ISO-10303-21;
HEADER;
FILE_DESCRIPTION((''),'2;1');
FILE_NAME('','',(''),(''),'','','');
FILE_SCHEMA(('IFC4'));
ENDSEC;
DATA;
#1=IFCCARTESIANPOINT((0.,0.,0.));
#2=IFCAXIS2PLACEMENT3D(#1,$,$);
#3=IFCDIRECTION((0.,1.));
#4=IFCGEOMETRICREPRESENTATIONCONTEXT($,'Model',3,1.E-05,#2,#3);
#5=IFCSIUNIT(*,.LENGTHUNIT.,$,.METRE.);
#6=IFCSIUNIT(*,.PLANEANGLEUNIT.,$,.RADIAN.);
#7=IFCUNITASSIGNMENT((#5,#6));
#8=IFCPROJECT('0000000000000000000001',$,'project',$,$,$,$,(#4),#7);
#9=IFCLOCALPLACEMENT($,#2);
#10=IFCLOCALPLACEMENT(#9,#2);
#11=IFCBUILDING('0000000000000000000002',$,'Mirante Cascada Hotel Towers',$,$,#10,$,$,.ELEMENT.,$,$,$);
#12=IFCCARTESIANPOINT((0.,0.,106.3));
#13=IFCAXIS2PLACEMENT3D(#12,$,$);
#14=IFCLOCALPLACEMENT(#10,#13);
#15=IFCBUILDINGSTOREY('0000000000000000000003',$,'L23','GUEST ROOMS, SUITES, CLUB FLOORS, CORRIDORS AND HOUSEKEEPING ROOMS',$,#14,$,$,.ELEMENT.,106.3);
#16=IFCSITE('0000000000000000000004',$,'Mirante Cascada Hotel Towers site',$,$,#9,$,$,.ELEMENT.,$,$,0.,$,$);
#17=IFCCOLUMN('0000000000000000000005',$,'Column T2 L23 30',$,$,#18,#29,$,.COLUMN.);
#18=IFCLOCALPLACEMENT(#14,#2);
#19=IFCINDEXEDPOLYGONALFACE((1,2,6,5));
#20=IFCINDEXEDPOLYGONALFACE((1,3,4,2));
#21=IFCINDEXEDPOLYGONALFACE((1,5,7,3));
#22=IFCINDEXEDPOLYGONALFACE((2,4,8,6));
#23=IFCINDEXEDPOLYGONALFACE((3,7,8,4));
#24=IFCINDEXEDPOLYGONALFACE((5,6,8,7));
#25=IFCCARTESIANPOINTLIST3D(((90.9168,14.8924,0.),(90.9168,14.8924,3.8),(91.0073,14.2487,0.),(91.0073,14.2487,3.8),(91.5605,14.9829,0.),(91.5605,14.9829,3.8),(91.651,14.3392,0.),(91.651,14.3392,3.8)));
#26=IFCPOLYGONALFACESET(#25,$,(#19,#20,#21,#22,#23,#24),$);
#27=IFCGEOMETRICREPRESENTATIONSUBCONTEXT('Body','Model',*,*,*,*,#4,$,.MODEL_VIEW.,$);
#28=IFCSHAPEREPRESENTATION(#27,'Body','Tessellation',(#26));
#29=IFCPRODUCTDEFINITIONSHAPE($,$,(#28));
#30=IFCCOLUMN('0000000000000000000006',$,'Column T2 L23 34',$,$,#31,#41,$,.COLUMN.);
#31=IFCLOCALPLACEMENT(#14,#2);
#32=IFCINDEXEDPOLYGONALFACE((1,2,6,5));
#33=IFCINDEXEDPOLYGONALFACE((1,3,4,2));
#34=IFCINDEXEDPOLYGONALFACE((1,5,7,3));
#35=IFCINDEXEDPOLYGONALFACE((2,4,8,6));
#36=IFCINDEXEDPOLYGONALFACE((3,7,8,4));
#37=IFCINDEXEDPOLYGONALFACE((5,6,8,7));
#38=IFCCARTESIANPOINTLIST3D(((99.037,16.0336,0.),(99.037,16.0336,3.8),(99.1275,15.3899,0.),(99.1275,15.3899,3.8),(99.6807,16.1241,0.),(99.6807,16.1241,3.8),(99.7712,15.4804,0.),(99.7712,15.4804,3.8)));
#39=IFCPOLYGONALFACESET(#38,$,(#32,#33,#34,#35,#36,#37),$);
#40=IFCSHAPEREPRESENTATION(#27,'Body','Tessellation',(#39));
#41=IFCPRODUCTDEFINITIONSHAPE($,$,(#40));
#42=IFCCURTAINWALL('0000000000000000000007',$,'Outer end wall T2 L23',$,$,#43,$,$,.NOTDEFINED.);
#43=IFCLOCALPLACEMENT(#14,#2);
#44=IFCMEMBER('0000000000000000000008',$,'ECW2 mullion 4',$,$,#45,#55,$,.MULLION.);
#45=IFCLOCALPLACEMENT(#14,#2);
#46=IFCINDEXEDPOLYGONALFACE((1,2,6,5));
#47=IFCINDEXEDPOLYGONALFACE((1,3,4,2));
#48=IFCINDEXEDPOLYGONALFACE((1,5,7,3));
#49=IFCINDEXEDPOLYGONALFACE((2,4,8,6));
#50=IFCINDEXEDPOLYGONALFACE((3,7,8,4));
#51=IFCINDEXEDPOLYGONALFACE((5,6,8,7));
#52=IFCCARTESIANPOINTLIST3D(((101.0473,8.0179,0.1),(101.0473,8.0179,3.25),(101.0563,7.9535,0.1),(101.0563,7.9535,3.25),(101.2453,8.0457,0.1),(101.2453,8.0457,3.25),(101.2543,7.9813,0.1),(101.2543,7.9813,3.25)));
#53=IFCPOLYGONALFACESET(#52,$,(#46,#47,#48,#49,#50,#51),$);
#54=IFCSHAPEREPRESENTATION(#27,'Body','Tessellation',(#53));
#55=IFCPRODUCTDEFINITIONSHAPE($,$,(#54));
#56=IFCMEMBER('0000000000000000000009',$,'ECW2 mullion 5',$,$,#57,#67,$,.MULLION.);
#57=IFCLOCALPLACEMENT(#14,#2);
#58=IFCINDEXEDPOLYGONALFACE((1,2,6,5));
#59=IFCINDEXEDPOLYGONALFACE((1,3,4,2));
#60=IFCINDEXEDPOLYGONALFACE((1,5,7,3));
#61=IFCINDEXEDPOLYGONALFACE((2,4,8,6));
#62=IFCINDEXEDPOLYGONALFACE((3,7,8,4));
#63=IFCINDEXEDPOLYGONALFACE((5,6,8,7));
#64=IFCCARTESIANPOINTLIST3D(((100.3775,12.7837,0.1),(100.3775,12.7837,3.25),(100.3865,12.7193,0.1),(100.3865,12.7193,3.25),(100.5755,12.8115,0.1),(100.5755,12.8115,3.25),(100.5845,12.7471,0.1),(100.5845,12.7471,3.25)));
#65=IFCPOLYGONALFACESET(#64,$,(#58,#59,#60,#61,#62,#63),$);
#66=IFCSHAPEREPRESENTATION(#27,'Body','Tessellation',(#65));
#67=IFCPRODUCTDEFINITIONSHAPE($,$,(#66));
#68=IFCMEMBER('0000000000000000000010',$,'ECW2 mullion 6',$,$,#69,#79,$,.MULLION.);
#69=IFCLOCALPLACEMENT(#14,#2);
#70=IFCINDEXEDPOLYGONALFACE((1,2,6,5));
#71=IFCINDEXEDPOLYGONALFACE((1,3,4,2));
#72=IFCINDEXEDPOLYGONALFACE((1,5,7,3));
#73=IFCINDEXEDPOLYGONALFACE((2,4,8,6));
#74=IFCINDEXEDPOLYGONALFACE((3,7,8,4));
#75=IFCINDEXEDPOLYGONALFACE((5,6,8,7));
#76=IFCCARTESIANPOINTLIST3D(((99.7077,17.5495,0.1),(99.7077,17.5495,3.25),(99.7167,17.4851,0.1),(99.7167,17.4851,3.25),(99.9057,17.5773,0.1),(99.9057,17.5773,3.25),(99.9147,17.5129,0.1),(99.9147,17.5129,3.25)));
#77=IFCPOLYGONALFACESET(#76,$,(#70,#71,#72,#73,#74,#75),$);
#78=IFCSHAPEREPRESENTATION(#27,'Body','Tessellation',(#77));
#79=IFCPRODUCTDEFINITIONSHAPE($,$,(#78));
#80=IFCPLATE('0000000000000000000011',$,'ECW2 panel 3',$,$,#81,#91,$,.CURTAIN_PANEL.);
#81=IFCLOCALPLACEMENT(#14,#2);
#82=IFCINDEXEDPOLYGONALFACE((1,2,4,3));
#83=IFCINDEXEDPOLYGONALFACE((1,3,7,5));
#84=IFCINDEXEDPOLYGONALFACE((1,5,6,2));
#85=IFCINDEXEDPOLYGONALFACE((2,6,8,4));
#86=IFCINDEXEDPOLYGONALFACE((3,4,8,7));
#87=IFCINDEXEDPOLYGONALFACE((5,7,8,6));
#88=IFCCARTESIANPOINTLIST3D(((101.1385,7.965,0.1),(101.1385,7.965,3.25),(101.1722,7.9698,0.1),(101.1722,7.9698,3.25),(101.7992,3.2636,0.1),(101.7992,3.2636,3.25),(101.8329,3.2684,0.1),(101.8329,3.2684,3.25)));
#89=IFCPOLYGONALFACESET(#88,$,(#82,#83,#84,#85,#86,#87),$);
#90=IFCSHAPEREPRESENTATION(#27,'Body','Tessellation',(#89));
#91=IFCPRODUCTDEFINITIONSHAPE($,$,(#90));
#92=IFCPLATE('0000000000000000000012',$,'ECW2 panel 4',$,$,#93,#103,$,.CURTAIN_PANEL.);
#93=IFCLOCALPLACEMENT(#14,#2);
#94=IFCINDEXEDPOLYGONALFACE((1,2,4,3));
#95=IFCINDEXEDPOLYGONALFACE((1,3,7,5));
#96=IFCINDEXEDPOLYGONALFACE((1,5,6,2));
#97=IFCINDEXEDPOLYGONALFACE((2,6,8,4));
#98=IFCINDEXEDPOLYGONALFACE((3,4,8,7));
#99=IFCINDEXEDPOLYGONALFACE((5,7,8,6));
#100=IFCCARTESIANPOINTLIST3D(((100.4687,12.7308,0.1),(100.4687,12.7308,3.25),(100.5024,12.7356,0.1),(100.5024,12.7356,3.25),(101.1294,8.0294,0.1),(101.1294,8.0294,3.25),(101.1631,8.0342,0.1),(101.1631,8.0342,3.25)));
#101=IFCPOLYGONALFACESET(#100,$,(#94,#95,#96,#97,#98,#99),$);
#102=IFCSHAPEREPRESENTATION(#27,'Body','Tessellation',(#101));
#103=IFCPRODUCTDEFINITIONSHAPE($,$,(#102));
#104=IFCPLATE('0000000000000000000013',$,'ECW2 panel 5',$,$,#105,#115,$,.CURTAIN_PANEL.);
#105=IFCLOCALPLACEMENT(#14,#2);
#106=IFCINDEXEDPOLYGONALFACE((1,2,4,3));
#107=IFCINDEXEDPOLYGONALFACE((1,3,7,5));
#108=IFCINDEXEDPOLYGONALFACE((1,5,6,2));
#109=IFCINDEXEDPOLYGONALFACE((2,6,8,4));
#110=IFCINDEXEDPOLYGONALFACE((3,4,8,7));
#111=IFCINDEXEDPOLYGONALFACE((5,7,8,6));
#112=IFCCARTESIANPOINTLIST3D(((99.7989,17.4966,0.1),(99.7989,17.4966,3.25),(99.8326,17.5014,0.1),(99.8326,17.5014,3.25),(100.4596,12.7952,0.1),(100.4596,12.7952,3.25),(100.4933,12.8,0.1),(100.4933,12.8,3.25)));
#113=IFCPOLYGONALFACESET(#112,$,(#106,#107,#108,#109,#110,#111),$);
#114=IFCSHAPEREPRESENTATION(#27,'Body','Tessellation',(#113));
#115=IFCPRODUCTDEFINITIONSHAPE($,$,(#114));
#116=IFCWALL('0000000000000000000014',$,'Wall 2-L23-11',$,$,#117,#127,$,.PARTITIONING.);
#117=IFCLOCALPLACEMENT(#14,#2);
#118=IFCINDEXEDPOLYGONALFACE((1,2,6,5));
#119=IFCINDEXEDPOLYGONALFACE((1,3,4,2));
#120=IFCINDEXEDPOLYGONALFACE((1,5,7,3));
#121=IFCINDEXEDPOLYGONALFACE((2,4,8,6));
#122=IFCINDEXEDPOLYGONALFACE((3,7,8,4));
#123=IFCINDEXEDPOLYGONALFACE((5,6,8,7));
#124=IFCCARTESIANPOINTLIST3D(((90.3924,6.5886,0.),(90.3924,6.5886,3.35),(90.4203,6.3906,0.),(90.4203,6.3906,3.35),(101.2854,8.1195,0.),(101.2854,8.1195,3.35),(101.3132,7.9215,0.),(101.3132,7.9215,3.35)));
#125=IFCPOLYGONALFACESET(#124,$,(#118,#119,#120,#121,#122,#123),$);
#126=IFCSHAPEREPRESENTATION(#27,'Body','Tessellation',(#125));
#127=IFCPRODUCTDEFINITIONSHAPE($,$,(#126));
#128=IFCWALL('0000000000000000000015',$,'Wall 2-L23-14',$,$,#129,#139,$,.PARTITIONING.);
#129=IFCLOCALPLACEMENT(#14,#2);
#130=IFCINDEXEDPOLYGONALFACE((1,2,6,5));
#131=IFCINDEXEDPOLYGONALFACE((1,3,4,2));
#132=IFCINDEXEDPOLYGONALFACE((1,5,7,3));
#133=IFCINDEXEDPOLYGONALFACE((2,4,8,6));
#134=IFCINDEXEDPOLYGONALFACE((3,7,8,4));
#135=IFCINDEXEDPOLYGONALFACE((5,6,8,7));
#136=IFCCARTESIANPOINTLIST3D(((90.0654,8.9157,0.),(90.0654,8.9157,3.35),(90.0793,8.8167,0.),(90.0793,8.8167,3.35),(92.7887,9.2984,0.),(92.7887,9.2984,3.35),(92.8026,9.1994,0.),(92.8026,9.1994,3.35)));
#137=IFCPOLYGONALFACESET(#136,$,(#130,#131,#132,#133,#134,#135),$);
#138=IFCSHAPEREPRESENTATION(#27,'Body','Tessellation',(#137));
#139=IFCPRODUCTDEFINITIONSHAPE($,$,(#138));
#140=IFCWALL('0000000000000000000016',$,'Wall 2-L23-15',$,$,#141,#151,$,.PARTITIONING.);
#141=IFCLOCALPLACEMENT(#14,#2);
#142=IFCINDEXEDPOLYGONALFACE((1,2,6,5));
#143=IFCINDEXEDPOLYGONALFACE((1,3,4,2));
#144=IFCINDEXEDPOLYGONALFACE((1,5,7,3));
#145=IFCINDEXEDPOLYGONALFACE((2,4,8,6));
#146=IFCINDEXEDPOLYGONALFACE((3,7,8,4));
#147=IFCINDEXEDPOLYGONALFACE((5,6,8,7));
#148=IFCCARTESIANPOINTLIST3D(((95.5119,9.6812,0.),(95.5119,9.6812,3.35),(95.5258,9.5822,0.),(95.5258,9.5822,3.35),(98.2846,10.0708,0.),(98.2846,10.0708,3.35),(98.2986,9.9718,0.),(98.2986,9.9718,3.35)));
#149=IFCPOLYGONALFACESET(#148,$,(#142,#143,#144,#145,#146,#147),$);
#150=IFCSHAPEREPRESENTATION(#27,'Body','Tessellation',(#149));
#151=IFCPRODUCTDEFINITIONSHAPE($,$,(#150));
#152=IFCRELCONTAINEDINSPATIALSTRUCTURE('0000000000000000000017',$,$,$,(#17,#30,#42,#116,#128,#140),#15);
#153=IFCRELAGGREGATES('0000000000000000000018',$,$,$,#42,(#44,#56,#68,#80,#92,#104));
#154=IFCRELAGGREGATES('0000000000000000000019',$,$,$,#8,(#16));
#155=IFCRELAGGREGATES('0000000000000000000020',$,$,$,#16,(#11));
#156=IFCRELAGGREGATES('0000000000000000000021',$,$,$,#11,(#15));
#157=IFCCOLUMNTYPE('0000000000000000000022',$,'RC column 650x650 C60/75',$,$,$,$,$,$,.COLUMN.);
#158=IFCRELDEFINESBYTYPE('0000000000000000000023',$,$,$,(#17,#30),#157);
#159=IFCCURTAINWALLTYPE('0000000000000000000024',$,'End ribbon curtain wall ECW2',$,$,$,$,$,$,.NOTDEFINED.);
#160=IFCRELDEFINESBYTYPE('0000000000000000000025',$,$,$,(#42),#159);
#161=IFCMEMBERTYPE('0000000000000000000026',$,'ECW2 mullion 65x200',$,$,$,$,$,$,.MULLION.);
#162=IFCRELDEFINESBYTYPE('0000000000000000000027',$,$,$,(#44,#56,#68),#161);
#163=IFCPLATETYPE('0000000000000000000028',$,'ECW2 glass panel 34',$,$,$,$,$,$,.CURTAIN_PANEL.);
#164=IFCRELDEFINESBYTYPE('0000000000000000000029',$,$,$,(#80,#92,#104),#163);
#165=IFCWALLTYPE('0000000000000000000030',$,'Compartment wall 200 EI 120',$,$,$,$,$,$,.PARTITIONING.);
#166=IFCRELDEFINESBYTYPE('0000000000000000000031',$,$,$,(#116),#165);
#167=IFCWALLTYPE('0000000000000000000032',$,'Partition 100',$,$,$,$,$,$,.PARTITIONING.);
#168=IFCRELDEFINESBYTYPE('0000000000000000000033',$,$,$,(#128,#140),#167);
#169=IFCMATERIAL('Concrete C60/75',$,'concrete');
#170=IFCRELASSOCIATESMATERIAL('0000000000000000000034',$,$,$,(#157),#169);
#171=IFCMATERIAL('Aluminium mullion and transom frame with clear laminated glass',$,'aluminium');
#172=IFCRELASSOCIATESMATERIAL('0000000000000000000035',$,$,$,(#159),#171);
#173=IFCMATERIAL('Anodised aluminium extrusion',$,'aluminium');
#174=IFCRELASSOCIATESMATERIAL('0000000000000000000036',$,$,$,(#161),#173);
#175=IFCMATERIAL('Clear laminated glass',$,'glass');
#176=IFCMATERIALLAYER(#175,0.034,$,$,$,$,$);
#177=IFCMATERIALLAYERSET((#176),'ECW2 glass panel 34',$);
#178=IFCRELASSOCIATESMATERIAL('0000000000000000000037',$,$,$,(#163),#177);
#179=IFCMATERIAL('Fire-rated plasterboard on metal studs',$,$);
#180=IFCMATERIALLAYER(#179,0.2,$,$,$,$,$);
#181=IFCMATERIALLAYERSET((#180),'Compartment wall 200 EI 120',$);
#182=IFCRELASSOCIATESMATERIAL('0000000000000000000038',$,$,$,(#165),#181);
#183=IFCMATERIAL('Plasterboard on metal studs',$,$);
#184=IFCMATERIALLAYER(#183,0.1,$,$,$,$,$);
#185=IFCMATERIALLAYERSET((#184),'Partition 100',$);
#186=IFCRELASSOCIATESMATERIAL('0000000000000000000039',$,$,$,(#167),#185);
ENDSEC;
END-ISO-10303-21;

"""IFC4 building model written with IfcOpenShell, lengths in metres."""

from ifc_helpers import new_model, si_unit, direction, frame, frame_2d, origin, origin_2d, place, context, subcontext, project, spatial, rectangle, extrude, material, layer, layer_set, material_profile, profile_set, type_object, element, aggregate, save


model = new_model("IFC4")

# Units and contexts
model_context = context("Model", 3, precision=1e-05, world=origin(), true_north=direction((0.0, 1.0)))
body_context = subcontext(model_context, "Body", "Model", "MODEL_VIEW")
ifc_project = project(units=[si_unit("LENGTHUNIT", "METRE"), si_unit("PLANEANGLEUNIT", "RADIAN")], contexts=[model_context])

# Site, building, storey
site_placement = place(None, origin())
site = spatial("IfcSite", under=ifc_project, at=site_placement, Name="Mirante Cascada Hotel Towers site", CompositionType="ELEMENT", RefElevation=0.0)
building_placement = place(site_placement, origin())
building = spatial("IfcBuilding", under=site, at=building_placement, Name="Mirante Cascada Hotel Towers", CompositionType="ELEMENT")
storey_placement = place(building_placement, frame((0.0, 0.0, 106.3)))
storey = spatial("IfcBuildingStorey", under=building, at=storey_placement, Name="L23", Description="GUEST ROOMS, SUITES, CLUB FLOORS, CORRIDORS AND HOUSEKEEPING ROOMS", CompositionType="ELEMENT", Elevation=106.3)

# Columns
ifc_material_1 = material(Name="Concrete C60/75", Category="concrete")
ifc_material_profile_1 = material_profile(ifc_material_1, rectangle(XDim=0.65, YDim=0.65, at=origin_2d()), Name="RC column 650x650 C60/75")
ifc_profile_set_1 = profile_set([ifc_material_profile_1], Name="Concrete C60/75")
column_type = type_object("IfcColumnType", Name="RC column 650x650 C60/75", PredefinedType="COLUMN", material=ifc_profile_set_1)
for number, where, z_axis, x_axis, name in (
    (1, (91.2839, 14.6158, 0.0), (0.0, 0.0, 1.0), (0.990268, 0.139173, 0.0), "Column T2 L23 30"),
    (2, (99.4041, 15.757, 0.0), (0.0, 0.0, 1.0), (0.990268, 0.139173, 0.0), "Column T2 L23 34"),
):
    element("IfcColumn", number, at=place(storey_placement, frame(where, z_axis=z_axis, x_axis=x_axis)), inside=storey, type_object=column_type, Name=name, PredefinedType="COLUMN", context=body_context, shape_type="SweptSolid", body=[
        extrude(rectangle(XDim=0.65, YDim=0.65, at=origin_2d()), origin(), (0.0, 0.0, 1.0), 3.8),
    ])

# Curtain wall, members, plates
ifc_material_2 = material(Name="Aluminium mullion and transom frame with clear laminated glass", Category="aluminium")
curtain_wall_type = type_object("IfcCurtainWallType", Name="End ribbon curtain wall ECW2", PredefinedType="NOTDEFINED", material=ifc_material_2)
curtain_wall_placement = place(storey_placement, origin())
curtain_wall = element("IfcCurtainWall", 3, at=curtain_wall_placement, inside=storey, type_object=curtain_wall_type, Name="Outer end wall T2 L23", PredefinedType="NOTDEFINED")
ifc_material_3 = material(Name="Anodised aluminium extrusion", Category="aluminium")
ifc_material_profile_2 = material_profile(ifc_material_3, rectangle(XDim=0.2, YDim=0.065, at=origin_2d()), Name="ECW2 MULLION 65x200")
ifc_profile_set_2 = profile_set([ifc_material_profile_2], Name="Anodised aluminium extrusion")
member_type = type_object("IfcMemberType", Name="ECW2 mullion 65x200", PredefinedType="MULLION", material=ifc_profile_set_2)
member_1_placement = place(storey_placement, frame((101.1508, 7.9996, 0.1), z_axis=(0.0, 0.0, 1.0), x_axis=(-0.990268, -0.139173, 0.0)))
member_1 = element("IfcMember", 4, at=member_1_placement, type_object=member_type, Name="ECW2 mullion 4", PredefinedType="MULLION", context=body_context, shape_type="SweptSolid", body=[
    extrude(rectangle(XDim=0.2, YDim=0.065, at=origin_2d()), origin(), (0.0, 0.0, 1.0), 3.15),
])
member_2_placement = place(storey_placement, frame((100.481, 12.7654, 0.1), z_axis=(0.0, 0.0, 1.0), x_axis=(-0.990268, -0.139173, 0.0)))
member_2 = element("IfcMember", 5, at=member_2_placement, type_object=member_type, Name="ECW2 mullion 5", PredefinedType="MULLION", context=body_context, shape_type="SweptSolid", body=[
    extrude(rectangle(XDim=0.2, YDim=0.065, at=origin_2d()), origin(), (0.0, 0.0, 1.0), 3.15),
])
member_3_placement = place(storey_placement, frame((99.8112, 17.5312, 0.1), z_axis=(0.0, 0.0, 1.0), x_axis=(-0.990268, -0.139173, 0.0)))
member_3 = element("IfcMember", 6, at=member_3_placement, type_object=member_type, Name="ECW2 mullion 6", PredefinedType="MULLION", context=body_context, shape_type="SweptSolid", body=[
    extrude(rectangle(XDim=0.2, YDim=0.065, at=origin_2d()), origin(), (0.0, 0.0, 1.0), 3.15),
])
ifc_material_4 = material(Name="Clear laminated glass", Category="glass")
ifc_layer_1 = layer(ifc_material_4, 0.034)
ifc_layer_set_1 = layer_set([ifc_layer_1], Name="ECW2 glass panel 34")
plate_type = type_object("IfcPlateType", Name="ECW2 glass panel 34", PredefinedType="CURTAIN_PANEL", material=ifc_layer_set_1)
plate_1_placement = place(storey_placement, frame((101.4857, 5.6167, 0.1), z_axis=(0.0, 0.0, 1.0), x_axis=(-0.139173, 0.990268, 0.0)))
plate_1 = element("IfcPlate", 7, at=plate_1_placement, type_object=plate_type, Name="ECW2 panel 3", PredefinedType="CURTAIN_PANEL", context=body_context, shape_type="SweptSolid", body=[
    extrude(rectangle(XDim=4.7476, YDim=0.034, at=origin_2d()), origin(), (0.0, 0.0, 1.0), 3.15),
])
plate_2_placement = place(storey_placement, frame((100.8159, 10.3825, 0.1), z_axis=(0.0, 0.0, 1.0), x_axis=(-0.139173, 0.990268, 0.0)))
plate_2 = element("IfcPlate", 8, at=plate_2_placement, type_object=plate_type, Name="ECW2 panel 4", PredefinedType="CURTAIN_PANEL", context=body_context, shape_type="SweptSolid", body=[
    extrude(rectangle(XDim=4.7476, YDim=0.034, at=origin_2d()), origin(), (0.0, 0.0, 1.0), 3.15),
])
plate_3_placement = place(storey_placement, frame((100.1461, 15.1483, 0.1), z_axis=(0.0, 0.0, 1.0), x_axis=(-0.139173, 0.990268, 0.0)))
plate_3 = element("IfcPlate", 9, at=plate_3_placement, type_object=plate_type, Name="ECW2 panel 5", PredefinedType="CURTAIN_PANEL", context=body_context, shape_type="SweptSolid", body=[
    extrude(rectangle(XDim=4.7476, YDim=0.034, at=origin_2d()), origin(), (0.0, 0.0, 1.0), 3.15),
])
aggregate(curtain_wall, [member_1, member_2, member_3, plate_1, plate_2, plate_3])

# Walls
ifc_material_5 = material(Name="Fire-rated plasterboard on metal studs")
ifc_layer_2 = layer(ifc_material_5, 0.2)
ifc_layer_set_2 = layer_set([ifc_layer_2], Name="Compartment wall 200 EI 120")
wall_type_1 = type_object("IfcWallType", Name="Compartment wall 200 EI 120", PredefinedType="PARTITIONING", material=ifc_layer_set_2)
wall_1_placement = place(storey_placement, frame((101.2993, 8.0205, 0.0), z_axis=(0.0, 0.0, 1.0), x_axis=(-0.990268, -0.139173, 0.0)))
element("IfcWall", 10, at=wall_1_placement, inside=storey, type_object=wall_type_1, Name="Wall 2-L23-11", PredefinedType="PARTITIONING", context=body_context, shape_type="SweptSolid", body=[
    extrude(rectangle(XDim=11.0, YDim=0.2, at=frame_2d((5.5, 0.0))), origin(), (0.0, 0.0, 1.0), 3.35),
])
ifc_material_6 = material(Name="Plasterboard on metal studs")
ifc_layer_3 = layer(ifc_material_6, 0.1)
ifc_layer_set_3 = layer_set([ifc_layer_3], Name="Partition 100")
wall_type_2 = type_object("IfcWallType", Name="Partition 100", PredefinedType="PARTITIONING", material=ifc_layer_set_3)
wall_2_placement = place(storey_placement, frame((90.0723, 8.8662, 0.0), z_axis=(0.0, 0.0, 1.0), x_axis=(0.99027, 0.139161, 0.0)))
element("IfcWall", 11, at=wall_2_placement, inside=storey, type_object=wall_type_2, Name="Wall 2-L23-14", PredefinedType="PARTITIONING", context=body_context, shape_type="SweptSolid", body=[
    extrude(rectangle(XDim=2.7501, YDim=0.1, at=frame_2d((1.3751, 0.0))), origin(), (0.0, 0.0, 1.0), 3.35),
])
wall_3_placement = place(storey_placement, frame((98.2916, 10.0213, 0.0), z_axis=(0.0, 0.0, 1.0), x_axis=(-0.990273, -0.139141, 0.0)))
element("IfcWall", 12, at=wall_3_placement, inside=storey, type_object=wall_type_2, Name="Wall 2-L23-15", PredefinedType="PARTITIONING", context=body_context, shape_type="SweptSolid", body=[
    extrude(rectangle(XDim=2.8, YDim=0.1, at=frame_2d((1.4, 0.0))), origin(), (0.0, 0.0, 1.0), 3.35),
])

save(model, "model.ifc")
